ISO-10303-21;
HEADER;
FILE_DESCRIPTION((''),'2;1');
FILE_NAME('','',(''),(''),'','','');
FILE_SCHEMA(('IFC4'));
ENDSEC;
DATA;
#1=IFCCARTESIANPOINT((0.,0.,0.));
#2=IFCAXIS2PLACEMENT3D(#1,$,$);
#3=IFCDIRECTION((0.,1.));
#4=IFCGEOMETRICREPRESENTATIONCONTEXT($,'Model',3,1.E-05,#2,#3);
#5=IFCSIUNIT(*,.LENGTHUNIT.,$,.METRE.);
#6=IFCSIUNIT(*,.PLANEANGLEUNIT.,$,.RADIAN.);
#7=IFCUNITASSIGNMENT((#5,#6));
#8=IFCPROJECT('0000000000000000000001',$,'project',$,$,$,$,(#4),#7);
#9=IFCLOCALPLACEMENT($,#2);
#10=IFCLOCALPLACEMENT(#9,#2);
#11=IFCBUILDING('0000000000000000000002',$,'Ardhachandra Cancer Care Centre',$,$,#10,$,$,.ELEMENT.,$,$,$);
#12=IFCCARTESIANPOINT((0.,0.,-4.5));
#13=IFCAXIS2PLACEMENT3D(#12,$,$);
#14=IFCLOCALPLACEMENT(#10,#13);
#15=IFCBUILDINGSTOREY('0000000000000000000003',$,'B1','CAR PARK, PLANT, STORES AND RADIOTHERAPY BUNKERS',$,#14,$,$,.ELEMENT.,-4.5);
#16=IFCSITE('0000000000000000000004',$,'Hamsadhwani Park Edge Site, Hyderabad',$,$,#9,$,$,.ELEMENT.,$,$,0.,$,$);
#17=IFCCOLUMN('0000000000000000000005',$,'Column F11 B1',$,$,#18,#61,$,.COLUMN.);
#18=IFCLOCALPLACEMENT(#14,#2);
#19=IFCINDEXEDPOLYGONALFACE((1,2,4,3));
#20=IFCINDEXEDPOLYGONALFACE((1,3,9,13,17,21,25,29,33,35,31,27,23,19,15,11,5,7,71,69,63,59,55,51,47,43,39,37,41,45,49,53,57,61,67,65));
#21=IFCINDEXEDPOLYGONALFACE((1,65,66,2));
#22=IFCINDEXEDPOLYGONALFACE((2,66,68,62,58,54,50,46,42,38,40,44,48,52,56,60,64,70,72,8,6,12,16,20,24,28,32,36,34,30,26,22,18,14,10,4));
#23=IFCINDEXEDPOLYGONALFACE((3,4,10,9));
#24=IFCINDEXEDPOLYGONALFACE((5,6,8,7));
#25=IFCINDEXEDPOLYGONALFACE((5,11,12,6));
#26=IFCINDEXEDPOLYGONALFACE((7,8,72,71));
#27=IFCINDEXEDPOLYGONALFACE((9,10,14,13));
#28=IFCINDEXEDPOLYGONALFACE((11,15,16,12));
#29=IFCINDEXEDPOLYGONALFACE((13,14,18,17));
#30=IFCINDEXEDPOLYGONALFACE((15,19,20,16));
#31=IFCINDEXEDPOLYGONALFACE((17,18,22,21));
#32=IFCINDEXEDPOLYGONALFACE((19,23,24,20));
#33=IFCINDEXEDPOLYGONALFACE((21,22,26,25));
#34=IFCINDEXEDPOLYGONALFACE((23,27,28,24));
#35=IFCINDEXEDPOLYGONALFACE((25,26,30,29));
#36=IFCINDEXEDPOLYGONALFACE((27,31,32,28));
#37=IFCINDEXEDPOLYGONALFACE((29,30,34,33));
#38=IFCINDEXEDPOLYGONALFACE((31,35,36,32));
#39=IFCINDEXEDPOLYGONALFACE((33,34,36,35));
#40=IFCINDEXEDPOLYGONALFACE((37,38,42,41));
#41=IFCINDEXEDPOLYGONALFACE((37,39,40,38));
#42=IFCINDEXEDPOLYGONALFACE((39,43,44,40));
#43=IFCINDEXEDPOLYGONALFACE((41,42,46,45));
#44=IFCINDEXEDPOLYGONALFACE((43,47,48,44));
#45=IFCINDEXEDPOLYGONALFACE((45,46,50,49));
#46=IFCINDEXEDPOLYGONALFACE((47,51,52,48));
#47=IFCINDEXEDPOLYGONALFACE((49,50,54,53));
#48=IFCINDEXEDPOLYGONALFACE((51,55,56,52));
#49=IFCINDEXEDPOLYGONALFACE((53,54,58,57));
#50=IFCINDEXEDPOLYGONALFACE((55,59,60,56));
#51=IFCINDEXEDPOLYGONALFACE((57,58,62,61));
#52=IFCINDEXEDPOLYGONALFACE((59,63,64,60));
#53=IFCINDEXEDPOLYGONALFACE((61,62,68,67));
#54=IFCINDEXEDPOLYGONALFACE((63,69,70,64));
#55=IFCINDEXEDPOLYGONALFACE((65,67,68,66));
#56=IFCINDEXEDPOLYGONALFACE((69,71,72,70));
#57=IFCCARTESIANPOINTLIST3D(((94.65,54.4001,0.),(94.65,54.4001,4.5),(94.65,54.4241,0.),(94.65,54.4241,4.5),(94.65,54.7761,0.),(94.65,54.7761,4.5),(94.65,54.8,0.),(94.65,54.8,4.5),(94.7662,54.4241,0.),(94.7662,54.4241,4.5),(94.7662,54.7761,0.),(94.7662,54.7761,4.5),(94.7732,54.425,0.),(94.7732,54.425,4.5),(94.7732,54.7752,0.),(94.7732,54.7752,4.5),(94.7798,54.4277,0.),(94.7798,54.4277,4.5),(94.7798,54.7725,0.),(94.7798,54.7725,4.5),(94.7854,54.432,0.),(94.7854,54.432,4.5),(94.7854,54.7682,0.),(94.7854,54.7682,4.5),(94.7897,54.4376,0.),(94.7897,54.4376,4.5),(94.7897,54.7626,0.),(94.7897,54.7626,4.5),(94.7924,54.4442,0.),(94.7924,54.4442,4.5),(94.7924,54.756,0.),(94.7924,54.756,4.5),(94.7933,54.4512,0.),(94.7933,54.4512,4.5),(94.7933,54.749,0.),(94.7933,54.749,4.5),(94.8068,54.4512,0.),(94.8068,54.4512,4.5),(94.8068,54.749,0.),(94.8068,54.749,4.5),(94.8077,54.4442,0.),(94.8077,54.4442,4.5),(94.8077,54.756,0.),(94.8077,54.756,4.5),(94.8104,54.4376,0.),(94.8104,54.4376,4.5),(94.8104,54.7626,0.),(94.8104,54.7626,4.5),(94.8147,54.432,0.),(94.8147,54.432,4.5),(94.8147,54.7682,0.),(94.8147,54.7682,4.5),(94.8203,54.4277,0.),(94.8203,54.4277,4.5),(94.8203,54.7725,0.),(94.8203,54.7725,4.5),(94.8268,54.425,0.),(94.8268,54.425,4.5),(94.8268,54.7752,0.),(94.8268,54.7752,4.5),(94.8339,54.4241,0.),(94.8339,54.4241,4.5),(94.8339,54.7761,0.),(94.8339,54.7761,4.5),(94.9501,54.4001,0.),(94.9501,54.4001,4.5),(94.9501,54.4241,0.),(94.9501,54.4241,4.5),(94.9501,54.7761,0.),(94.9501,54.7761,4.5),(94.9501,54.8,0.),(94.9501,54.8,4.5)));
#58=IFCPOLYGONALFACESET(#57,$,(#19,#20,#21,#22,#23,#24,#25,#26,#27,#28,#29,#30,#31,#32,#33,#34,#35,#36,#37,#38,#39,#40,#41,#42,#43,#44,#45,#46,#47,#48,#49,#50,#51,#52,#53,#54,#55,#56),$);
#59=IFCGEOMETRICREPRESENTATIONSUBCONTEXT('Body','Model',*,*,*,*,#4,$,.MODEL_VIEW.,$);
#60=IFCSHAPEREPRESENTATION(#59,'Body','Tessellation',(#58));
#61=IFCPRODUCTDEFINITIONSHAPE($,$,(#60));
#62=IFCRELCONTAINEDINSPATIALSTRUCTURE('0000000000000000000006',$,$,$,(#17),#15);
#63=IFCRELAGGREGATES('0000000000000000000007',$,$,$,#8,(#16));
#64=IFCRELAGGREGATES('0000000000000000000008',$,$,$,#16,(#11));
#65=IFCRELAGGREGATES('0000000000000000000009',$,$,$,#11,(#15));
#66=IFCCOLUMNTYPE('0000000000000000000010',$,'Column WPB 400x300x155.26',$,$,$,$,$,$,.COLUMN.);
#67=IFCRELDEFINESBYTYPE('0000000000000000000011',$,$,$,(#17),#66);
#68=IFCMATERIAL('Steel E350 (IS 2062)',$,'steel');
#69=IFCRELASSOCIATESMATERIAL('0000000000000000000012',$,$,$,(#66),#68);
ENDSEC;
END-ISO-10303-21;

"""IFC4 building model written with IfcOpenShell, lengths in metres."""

from ifc_helpers import new_model, si_unit, direction, frame, origin, origin_2d, place, context, subcontext, project, spatial, i_section, extrude, material, material_profile, profile_set, type_object, element, save


model = new_model("IFC4")

# Units and contexts
model_context = context("Model", 3, precision=1e-05, world=origin(), true_north=direction((0.0, 1.0)))
body_context = subcontext(model_context, "Body", "Model", "MODEL_VIEW")
ifc_project = project(units=[si_unit("LENGTHUNIT", "METRE"), si_unit("PLANEANGLEUNIT", "RADIAN")], contexts=[model_context])

# Site, building, storey
site_placement = place(None, origin())
site = spatial("IfcSite", under=ifc_project, at=site_placement, Name="Hamsadhwani Park Edge Site, Hyderabad", CompositionType="ELEMENT", RefElevation=0.0)
building_placement = place(site_placement, origin())
building = spatial("IfcBuilding", under=site, at=building_placement, Name="Ardhachandra Cancer Care Centre", CompositionType="ELEMENT")
storey_placement = place(building_placement, frame((0.0, 0.0, -4.5)))
storey = spatial("IfcBuildingStorey", under=building, at=storey_placement, Name="B1", Description="CAR PARK, PLANT, STORES AND RADIOTHERAPY BUNKERS", CompositionType="ELEMENT", Elevation=-4.5)

# Column
ifc_material_1 = material(Name="Steel E350 (IS 2062)", Category="steel")
ifc_material_profile_1 = material_profile(ifc_material_1, i_section(OverallWidth=0.3, OverallDepth=0.3999, WebThickness=0.0134, FlangeThickness=0.0239, FilletRadius=0.0271, at=origin_2d()), Name="WPB 400x300x155.26")
ifc_profile_set_1 = profile_set([ifc_material_profile_1], Name="Steel E350 (IS 2062)")
column_type = type_object("IfcColumnType", Name="Column WPB 400x300x155.26", PredefinedType="COLUMN", material=ifc_profile_set_1)
for number, where, z_axis, x_axis, name in (
    (1, (94.8, 54.6001, 0.0), (0.0, 0.0, 1.0), (1.0, 0.0, 0.0), "Column F11 B1"),
):
    element("IfcColumn", number, at=place(storey_placement, frame(where, z_axis=z_axis, x_axis=x_axis)), inside=storey, type_object=column_type, Name=name, PredefinedType="COLUMN", context=body_context, shape_type="SweptSolid", body=[
        extrude(i_section(OverallWidth=0.3, OverallDepth=0.3999, WebThickness=0.0134, FlangeThickness=0.0239, FilletRadius=0.0271, at=origin_2d()), origin(), (0.0, 0.0, 1.0), 4.5),
    ])

save(model, "model.ifc")
